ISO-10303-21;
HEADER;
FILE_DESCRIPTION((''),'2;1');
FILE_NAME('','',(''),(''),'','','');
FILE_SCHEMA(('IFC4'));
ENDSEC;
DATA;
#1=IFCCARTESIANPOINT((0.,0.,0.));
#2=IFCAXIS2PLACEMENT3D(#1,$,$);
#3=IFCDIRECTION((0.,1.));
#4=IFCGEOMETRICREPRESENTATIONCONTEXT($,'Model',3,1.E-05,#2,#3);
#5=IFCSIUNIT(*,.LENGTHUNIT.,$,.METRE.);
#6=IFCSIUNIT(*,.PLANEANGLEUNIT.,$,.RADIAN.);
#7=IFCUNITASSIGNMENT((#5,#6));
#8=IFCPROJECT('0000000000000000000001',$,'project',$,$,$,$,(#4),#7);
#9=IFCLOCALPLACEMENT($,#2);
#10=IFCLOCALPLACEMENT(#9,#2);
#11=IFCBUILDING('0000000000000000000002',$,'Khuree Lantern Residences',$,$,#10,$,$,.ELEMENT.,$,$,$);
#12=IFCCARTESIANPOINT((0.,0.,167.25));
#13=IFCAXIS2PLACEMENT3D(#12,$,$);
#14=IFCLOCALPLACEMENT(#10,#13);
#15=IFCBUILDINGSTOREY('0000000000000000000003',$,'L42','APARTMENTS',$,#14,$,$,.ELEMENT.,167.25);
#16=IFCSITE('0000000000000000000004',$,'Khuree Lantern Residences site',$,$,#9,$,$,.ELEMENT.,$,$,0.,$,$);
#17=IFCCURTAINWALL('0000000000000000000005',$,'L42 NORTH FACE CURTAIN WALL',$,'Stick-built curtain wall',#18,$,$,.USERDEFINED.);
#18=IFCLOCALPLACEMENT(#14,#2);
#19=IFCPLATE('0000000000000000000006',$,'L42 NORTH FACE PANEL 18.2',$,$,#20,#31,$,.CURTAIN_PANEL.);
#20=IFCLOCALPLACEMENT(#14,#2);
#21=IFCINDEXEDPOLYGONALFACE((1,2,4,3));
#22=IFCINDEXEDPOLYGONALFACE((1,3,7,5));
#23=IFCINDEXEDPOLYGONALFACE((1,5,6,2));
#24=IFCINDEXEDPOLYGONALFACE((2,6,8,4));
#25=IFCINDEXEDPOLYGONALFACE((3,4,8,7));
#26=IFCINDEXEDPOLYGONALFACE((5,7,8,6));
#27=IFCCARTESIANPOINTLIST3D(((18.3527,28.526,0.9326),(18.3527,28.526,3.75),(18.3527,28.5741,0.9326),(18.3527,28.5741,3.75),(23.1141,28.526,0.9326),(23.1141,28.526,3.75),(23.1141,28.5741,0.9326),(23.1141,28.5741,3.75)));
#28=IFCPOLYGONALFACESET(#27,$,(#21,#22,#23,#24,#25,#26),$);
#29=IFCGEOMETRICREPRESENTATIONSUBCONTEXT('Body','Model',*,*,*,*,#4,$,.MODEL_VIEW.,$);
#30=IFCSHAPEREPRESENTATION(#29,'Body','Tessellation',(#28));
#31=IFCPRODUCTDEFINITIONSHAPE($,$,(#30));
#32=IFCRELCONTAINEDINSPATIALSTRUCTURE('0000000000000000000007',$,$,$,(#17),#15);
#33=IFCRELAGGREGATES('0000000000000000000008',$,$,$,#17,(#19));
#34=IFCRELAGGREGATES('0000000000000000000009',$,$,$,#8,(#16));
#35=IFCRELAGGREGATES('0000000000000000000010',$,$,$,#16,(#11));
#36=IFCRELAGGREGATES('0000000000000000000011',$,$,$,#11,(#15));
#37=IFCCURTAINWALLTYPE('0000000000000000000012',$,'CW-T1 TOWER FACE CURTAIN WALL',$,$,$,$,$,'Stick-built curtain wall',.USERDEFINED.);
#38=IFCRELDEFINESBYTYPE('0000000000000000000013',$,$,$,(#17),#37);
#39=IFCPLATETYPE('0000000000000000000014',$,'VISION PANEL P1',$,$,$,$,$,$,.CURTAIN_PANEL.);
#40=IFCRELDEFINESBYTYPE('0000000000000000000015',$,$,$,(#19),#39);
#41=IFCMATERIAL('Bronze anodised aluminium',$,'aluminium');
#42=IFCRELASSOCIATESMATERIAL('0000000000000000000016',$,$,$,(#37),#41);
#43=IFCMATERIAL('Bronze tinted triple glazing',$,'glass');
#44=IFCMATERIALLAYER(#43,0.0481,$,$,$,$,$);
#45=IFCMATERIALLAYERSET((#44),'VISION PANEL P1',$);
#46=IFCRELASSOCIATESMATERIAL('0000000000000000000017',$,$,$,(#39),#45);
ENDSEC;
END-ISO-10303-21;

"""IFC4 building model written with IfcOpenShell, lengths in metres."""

from ifc_helpers import new_model, si_unit, direction, frame, origin, origin_2d, place, context, subcontext, project, spatial, rectangle, extrude, material, layer, layer_set, type_object, element, aggregate, save


model = new_model("IFC4")

# Units and contexts
model_context = context("Model", 3, precision=1e-05, world=origin(), true_north=direction((0.0, 1.0)))
body_context = subcontext(model_context, "Body", "Model", "MODEL_VIEW")
ifc_project = project(units=[si_unit("LENGTHUNIT", "METRE"), si_unit("PLANEANGLEUNIT", "RADIAN")], contexts=[model_context])

# Site, building, storey
site_placement = place(None, origin())
site = spatial("IfcSite", under=ifc_project, at=site_placement, Name="Khuree Lantern Residences site", CompositionType="ELEMENT", RefElevation=0.0)
building_placement = place(site_placement, origin())
building = spatial("IfcBuilding", under=site, at=building_placement, Name="Khuree Lantern Residences", CompositionType="ELEMENT")
storey_placement = place(building_placement, frame((0.0, 0.0, 167.25)))
storey = spatial("IfcBuildingStorey", under=building, at=storey_placement, Name="L42", Description="APARTMENTS", CompositionType="ELEMENT", Elevation=167.25)

# Curtain wall
ifc_material_1 = material(Name="Bronze anodised aluminium", Category="aluminium")
curtain_wall_type_1 = type_object("IfcCurtainWallType", Name="CW-T1 TOWER FACE CURTAIN WALL", ElementType="Stick-built curtain wall", PredefinedType="USERDEFINED", material=ifc_material_1)
curtain_wall_1_placement = place(storey_placement, origin())
curtain_wall_1 = element("IfcCurtainWall", 1, at=curtain_wall_1_placement, inside=storey, type_object=curtain_wall_type_1, Name="L42 NORTH FACE CURTAIN WALL", ObjectType="Stick-built curtain wall", PredefinedType="USERDEFINED")

# Plate
ifc_material_2 = material(Name="Bronze tinted triple glazing", Category="glass")
ifc_layer_1 = layer(ifc_material_2, 0.0481)
ifc_layer_set_1 = layer_set([ifc_layer_1], Name="VISION PANEL P1")
plate_type_1 = type_object("IfcPlateType", Name="VISION PANEL P1", PredefinedType="CURTAIN_PANEL", material=ifc_layer_set_1)
plate_1_placement = place(storey_placement, frame((20.7334, 28.55, 0.9326), z_axis=(0.0, 0.0, 1.0), x_axis=(-1.0, 0.0, 0.0)))
plate_1 = element("IfcPlate", 2, at=plate_1_placement, type_object=plate_type_1, Name="L42 NORTH FACE PANEL 18.2", PredefinedType="CURTAIN_PANEL", context=body_context, shape_type="SweptSolid", body=[
    extrude(rectangle(XDim=4.7615, YDim=0.0481, at=origin_2d()), origin(), (0.0, 0.0, 1.0), 2.8174),
])
aggregate(curtain_wall_1, [plate_1])

save(model, "model.ifc")
